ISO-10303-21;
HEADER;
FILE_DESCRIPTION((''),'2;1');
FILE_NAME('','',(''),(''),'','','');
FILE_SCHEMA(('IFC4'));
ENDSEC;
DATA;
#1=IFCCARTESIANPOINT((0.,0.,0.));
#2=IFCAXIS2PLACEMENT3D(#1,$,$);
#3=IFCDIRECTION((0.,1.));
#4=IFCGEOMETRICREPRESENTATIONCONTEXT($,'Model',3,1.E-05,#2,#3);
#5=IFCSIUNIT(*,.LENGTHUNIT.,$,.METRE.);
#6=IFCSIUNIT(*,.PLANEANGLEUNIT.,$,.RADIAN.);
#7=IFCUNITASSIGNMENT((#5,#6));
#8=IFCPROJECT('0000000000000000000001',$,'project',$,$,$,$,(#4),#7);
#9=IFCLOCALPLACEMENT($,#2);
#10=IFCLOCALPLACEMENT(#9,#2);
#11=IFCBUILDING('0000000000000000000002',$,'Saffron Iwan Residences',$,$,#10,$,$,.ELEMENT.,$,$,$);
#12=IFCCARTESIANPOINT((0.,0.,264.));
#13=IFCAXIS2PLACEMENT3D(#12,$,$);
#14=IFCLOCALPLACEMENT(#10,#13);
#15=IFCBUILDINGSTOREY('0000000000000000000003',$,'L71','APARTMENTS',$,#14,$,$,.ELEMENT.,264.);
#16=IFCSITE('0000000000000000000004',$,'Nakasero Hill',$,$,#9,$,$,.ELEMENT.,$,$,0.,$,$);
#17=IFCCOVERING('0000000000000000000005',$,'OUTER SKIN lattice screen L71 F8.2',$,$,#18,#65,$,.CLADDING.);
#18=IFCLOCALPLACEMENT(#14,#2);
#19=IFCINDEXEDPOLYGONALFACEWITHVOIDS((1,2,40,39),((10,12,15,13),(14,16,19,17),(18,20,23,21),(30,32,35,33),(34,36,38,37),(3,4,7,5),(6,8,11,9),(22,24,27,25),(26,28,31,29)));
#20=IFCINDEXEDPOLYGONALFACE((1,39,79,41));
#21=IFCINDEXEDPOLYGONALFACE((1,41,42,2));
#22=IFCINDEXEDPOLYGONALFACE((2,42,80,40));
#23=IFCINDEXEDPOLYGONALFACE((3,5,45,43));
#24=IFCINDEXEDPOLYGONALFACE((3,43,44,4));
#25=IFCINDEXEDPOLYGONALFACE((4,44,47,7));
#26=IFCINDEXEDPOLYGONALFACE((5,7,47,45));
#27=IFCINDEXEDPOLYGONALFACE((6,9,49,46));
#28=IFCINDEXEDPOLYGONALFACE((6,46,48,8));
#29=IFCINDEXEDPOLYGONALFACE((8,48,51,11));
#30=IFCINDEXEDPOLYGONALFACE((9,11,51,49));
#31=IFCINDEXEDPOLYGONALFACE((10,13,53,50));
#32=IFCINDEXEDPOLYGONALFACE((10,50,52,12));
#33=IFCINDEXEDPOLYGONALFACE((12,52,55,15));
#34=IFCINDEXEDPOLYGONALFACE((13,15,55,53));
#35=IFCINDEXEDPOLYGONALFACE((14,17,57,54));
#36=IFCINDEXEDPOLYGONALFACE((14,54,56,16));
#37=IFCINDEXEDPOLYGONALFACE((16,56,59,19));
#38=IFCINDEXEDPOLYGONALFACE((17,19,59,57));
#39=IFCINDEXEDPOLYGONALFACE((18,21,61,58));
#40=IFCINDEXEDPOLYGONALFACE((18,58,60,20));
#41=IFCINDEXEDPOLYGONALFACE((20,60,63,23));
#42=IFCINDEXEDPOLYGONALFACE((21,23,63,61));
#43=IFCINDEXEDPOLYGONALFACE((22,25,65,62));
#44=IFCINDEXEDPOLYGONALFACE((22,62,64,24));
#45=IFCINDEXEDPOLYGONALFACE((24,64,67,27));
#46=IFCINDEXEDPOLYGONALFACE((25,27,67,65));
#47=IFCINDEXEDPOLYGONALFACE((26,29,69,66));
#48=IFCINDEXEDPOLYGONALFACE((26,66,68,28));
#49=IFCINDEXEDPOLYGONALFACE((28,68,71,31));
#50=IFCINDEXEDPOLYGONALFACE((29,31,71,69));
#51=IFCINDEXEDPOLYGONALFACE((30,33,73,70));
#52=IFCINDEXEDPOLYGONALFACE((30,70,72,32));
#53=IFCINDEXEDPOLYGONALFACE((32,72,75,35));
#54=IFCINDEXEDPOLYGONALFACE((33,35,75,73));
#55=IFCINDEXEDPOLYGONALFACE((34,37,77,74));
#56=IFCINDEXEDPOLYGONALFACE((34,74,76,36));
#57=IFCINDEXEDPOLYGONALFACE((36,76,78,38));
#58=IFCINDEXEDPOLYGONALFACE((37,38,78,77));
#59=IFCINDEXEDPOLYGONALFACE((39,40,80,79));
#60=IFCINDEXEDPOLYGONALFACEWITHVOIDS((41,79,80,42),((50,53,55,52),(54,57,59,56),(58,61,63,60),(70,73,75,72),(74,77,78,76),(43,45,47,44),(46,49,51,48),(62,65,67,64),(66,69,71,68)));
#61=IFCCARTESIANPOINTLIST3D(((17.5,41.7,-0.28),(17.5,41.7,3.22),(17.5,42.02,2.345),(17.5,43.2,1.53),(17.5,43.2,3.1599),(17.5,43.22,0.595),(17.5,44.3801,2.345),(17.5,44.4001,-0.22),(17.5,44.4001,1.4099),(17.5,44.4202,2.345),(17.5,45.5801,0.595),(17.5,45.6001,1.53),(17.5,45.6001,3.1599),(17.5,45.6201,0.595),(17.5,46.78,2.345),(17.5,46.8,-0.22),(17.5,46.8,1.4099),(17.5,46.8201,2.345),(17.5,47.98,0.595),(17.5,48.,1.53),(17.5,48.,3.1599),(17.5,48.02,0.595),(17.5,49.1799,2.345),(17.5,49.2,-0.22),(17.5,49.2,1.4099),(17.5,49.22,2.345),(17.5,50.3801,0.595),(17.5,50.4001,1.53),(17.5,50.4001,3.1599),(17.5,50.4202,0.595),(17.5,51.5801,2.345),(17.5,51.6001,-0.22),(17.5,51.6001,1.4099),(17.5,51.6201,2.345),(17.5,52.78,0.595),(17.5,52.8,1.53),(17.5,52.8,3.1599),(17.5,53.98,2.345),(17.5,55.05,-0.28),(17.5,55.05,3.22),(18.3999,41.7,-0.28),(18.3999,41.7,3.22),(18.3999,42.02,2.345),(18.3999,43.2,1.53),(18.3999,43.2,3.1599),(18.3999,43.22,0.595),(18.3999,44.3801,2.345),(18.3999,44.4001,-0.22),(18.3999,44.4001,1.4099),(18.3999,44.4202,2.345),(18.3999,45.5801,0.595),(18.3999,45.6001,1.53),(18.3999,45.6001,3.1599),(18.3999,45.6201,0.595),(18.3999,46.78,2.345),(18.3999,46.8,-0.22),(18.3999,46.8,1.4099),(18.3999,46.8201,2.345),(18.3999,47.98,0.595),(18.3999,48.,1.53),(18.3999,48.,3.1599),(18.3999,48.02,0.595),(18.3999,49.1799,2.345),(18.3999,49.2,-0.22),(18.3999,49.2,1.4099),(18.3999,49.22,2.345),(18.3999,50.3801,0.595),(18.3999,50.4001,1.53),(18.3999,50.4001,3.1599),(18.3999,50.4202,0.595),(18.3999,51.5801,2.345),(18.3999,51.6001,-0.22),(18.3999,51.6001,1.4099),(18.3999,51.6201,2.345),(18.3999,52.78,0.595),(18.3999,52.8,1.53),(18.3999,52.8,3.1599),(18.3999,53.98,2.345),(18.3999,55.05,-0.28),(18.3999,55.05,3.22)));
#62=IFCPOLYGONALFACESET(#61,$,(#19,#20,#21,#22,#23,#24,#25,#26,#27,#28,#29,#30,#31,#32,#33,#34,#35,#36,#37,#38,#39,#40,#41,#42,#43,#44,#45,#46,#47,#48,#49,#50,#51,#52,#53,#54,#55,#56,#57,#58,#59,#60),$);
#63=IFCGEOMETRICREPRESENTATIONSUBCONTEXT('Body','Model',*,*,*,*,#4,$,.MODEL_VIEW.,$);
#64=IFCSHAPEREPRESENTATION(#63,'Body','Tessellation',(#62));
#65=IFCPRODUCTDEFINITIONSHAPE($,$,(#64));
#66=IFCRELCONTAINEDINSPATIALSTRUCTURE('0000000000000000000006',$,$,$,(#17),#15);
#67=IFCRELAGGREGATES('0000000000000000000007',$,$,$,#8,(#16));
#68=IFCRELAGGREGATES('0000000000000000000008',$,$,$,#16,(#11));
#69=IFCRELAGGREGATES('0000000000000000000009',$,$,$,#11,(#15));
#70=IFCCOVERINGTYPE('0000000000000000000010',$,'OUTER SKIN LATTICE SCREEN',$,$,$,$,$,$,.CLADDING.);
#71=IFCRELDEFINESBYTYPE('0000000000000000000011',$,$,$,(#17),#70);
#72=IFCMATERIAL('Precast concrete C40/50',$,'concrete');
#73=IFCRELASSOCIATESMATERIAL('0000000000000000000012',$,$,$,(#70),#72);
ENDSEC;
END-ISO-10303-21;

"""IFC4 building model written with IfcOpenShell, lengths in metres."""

from ifc_helpers import new_model, si_unit, direction, frame, origin, place, context, subcontext, project, spatial, polyline, outline, extrude, material, type_object, element, save


model = new_model("IFC4")

# Units and contexts
model_context = context("Model", 3, precision=1e-05, world=origin(), true_north=direction((0.0, 1.0)))
body_context = subcontext(model_context, "Body", "Model", "MODEL_VIEW")
ifc_project = project(units=[si_unit("LENGTHUNIT", "METRE"), si_unit("PLANEANGLEUNIT", "RADIAN")], contexts=[model_context])

# Site, building, storey
site_placement = place(None, origin())
site = spatial("IfcSite", under=ifc_project, at=site_placement, Name="Nakasero Hill", CompositionType="ELEMENT", RefElevation=0.0)
building_placement = place(site_placement, origin())
building = spatial("IfcBuilding", under=site, at=building_placement, Name="Saffron Iwan Residences", CompositionType="ELEMENT")
storey_placement = place(building_placement, frame((0.0, 0.0, 264.0)))
storey = spatial("IfcBuildingStorey", under=building, at=storey_placement, Name="L71", Description="APARTMENTS", CompositionType="ELEMENT", Elevation=264.0)

# Covering
ifc_material_1 = material(Name="Precast concrete C40/50", Category="concrete")
covering_type = type_object("IfcCoveringType", Name="OUTER SKIN LATTICE SCREEN", PredefinedType="CLADDING", material=ifc_material_1)
covering_placement = place(storey_placement, frame((18.3999, 55.05, -0.28), z_axis=(-1.0, 0.0, 0.0), x_axis=(0.0, -1.0, 0.0)))
element("IfcCovering", 1, at=covering_placement, inside=storey, type_object=covering_type, Name="OUTER SKIN lattice screen L71 F8.2", PredefinedType="CLADDING", context=body_context, shape_type="SweptSolid", body=[
    extrude(outline(polyline([(0.0, 0.0), (13.3501, 0.0), (13.3501, 3.5), (0.0, 3.5), (0.0, 0.0)]), holes=[polyline([(2.27, 0.875), (3.45, 0.0601), (4.6299, 0.875), (3.45, 1.6899), (2.27, 0.875)]), polyline([(4.6699, 0.875), (5.8501, 0.0601), (7.03, 0.875), (5.8501, 1.6899), (4.6699, 0.875)]), polyline([(7.0701, 0.875), (8.25, 0.0601), (9.4299, 0.875), (8.25, 1.6899), (7.0701, 0.875)]), polyline([(9.47, 0.875), (10.6499, 0.0601), (11.8301, 0.875), (10.6499, 1.6899), (9.47, 0.875)]), polyline([(1.0701, 2.625), (2.25, 1.8101), (3.4299, 2.625), (2.25, 3.4399), (1.0701, 2.625)]), polyline([(3.47, 2.625), (4.6499, 1.8101), (5.8301, 2.625), (4.6499, 3.4399), (3.47, 2.625)]), polyline([(5.8701, 2.625), (7.05, 1.8101), (8.23, 2.625), (7.05, 3.4399), (5.8701, 2.625)]), polyline([(8.27, 2.625), (9.45, 1.8101), (10.6299, 2.625), (9.45, 3.4399), (8.27, 2.625)]), polyline([(10.6699, 2.625), (11.8501, 1.8101), (13.03, 2.625), (11.8501, 3.4399), (10.6699, 2.625)])]), origin(), (0.0, 0.0, 1.0), 0.8999),
])

save(model, "model.ifc")
